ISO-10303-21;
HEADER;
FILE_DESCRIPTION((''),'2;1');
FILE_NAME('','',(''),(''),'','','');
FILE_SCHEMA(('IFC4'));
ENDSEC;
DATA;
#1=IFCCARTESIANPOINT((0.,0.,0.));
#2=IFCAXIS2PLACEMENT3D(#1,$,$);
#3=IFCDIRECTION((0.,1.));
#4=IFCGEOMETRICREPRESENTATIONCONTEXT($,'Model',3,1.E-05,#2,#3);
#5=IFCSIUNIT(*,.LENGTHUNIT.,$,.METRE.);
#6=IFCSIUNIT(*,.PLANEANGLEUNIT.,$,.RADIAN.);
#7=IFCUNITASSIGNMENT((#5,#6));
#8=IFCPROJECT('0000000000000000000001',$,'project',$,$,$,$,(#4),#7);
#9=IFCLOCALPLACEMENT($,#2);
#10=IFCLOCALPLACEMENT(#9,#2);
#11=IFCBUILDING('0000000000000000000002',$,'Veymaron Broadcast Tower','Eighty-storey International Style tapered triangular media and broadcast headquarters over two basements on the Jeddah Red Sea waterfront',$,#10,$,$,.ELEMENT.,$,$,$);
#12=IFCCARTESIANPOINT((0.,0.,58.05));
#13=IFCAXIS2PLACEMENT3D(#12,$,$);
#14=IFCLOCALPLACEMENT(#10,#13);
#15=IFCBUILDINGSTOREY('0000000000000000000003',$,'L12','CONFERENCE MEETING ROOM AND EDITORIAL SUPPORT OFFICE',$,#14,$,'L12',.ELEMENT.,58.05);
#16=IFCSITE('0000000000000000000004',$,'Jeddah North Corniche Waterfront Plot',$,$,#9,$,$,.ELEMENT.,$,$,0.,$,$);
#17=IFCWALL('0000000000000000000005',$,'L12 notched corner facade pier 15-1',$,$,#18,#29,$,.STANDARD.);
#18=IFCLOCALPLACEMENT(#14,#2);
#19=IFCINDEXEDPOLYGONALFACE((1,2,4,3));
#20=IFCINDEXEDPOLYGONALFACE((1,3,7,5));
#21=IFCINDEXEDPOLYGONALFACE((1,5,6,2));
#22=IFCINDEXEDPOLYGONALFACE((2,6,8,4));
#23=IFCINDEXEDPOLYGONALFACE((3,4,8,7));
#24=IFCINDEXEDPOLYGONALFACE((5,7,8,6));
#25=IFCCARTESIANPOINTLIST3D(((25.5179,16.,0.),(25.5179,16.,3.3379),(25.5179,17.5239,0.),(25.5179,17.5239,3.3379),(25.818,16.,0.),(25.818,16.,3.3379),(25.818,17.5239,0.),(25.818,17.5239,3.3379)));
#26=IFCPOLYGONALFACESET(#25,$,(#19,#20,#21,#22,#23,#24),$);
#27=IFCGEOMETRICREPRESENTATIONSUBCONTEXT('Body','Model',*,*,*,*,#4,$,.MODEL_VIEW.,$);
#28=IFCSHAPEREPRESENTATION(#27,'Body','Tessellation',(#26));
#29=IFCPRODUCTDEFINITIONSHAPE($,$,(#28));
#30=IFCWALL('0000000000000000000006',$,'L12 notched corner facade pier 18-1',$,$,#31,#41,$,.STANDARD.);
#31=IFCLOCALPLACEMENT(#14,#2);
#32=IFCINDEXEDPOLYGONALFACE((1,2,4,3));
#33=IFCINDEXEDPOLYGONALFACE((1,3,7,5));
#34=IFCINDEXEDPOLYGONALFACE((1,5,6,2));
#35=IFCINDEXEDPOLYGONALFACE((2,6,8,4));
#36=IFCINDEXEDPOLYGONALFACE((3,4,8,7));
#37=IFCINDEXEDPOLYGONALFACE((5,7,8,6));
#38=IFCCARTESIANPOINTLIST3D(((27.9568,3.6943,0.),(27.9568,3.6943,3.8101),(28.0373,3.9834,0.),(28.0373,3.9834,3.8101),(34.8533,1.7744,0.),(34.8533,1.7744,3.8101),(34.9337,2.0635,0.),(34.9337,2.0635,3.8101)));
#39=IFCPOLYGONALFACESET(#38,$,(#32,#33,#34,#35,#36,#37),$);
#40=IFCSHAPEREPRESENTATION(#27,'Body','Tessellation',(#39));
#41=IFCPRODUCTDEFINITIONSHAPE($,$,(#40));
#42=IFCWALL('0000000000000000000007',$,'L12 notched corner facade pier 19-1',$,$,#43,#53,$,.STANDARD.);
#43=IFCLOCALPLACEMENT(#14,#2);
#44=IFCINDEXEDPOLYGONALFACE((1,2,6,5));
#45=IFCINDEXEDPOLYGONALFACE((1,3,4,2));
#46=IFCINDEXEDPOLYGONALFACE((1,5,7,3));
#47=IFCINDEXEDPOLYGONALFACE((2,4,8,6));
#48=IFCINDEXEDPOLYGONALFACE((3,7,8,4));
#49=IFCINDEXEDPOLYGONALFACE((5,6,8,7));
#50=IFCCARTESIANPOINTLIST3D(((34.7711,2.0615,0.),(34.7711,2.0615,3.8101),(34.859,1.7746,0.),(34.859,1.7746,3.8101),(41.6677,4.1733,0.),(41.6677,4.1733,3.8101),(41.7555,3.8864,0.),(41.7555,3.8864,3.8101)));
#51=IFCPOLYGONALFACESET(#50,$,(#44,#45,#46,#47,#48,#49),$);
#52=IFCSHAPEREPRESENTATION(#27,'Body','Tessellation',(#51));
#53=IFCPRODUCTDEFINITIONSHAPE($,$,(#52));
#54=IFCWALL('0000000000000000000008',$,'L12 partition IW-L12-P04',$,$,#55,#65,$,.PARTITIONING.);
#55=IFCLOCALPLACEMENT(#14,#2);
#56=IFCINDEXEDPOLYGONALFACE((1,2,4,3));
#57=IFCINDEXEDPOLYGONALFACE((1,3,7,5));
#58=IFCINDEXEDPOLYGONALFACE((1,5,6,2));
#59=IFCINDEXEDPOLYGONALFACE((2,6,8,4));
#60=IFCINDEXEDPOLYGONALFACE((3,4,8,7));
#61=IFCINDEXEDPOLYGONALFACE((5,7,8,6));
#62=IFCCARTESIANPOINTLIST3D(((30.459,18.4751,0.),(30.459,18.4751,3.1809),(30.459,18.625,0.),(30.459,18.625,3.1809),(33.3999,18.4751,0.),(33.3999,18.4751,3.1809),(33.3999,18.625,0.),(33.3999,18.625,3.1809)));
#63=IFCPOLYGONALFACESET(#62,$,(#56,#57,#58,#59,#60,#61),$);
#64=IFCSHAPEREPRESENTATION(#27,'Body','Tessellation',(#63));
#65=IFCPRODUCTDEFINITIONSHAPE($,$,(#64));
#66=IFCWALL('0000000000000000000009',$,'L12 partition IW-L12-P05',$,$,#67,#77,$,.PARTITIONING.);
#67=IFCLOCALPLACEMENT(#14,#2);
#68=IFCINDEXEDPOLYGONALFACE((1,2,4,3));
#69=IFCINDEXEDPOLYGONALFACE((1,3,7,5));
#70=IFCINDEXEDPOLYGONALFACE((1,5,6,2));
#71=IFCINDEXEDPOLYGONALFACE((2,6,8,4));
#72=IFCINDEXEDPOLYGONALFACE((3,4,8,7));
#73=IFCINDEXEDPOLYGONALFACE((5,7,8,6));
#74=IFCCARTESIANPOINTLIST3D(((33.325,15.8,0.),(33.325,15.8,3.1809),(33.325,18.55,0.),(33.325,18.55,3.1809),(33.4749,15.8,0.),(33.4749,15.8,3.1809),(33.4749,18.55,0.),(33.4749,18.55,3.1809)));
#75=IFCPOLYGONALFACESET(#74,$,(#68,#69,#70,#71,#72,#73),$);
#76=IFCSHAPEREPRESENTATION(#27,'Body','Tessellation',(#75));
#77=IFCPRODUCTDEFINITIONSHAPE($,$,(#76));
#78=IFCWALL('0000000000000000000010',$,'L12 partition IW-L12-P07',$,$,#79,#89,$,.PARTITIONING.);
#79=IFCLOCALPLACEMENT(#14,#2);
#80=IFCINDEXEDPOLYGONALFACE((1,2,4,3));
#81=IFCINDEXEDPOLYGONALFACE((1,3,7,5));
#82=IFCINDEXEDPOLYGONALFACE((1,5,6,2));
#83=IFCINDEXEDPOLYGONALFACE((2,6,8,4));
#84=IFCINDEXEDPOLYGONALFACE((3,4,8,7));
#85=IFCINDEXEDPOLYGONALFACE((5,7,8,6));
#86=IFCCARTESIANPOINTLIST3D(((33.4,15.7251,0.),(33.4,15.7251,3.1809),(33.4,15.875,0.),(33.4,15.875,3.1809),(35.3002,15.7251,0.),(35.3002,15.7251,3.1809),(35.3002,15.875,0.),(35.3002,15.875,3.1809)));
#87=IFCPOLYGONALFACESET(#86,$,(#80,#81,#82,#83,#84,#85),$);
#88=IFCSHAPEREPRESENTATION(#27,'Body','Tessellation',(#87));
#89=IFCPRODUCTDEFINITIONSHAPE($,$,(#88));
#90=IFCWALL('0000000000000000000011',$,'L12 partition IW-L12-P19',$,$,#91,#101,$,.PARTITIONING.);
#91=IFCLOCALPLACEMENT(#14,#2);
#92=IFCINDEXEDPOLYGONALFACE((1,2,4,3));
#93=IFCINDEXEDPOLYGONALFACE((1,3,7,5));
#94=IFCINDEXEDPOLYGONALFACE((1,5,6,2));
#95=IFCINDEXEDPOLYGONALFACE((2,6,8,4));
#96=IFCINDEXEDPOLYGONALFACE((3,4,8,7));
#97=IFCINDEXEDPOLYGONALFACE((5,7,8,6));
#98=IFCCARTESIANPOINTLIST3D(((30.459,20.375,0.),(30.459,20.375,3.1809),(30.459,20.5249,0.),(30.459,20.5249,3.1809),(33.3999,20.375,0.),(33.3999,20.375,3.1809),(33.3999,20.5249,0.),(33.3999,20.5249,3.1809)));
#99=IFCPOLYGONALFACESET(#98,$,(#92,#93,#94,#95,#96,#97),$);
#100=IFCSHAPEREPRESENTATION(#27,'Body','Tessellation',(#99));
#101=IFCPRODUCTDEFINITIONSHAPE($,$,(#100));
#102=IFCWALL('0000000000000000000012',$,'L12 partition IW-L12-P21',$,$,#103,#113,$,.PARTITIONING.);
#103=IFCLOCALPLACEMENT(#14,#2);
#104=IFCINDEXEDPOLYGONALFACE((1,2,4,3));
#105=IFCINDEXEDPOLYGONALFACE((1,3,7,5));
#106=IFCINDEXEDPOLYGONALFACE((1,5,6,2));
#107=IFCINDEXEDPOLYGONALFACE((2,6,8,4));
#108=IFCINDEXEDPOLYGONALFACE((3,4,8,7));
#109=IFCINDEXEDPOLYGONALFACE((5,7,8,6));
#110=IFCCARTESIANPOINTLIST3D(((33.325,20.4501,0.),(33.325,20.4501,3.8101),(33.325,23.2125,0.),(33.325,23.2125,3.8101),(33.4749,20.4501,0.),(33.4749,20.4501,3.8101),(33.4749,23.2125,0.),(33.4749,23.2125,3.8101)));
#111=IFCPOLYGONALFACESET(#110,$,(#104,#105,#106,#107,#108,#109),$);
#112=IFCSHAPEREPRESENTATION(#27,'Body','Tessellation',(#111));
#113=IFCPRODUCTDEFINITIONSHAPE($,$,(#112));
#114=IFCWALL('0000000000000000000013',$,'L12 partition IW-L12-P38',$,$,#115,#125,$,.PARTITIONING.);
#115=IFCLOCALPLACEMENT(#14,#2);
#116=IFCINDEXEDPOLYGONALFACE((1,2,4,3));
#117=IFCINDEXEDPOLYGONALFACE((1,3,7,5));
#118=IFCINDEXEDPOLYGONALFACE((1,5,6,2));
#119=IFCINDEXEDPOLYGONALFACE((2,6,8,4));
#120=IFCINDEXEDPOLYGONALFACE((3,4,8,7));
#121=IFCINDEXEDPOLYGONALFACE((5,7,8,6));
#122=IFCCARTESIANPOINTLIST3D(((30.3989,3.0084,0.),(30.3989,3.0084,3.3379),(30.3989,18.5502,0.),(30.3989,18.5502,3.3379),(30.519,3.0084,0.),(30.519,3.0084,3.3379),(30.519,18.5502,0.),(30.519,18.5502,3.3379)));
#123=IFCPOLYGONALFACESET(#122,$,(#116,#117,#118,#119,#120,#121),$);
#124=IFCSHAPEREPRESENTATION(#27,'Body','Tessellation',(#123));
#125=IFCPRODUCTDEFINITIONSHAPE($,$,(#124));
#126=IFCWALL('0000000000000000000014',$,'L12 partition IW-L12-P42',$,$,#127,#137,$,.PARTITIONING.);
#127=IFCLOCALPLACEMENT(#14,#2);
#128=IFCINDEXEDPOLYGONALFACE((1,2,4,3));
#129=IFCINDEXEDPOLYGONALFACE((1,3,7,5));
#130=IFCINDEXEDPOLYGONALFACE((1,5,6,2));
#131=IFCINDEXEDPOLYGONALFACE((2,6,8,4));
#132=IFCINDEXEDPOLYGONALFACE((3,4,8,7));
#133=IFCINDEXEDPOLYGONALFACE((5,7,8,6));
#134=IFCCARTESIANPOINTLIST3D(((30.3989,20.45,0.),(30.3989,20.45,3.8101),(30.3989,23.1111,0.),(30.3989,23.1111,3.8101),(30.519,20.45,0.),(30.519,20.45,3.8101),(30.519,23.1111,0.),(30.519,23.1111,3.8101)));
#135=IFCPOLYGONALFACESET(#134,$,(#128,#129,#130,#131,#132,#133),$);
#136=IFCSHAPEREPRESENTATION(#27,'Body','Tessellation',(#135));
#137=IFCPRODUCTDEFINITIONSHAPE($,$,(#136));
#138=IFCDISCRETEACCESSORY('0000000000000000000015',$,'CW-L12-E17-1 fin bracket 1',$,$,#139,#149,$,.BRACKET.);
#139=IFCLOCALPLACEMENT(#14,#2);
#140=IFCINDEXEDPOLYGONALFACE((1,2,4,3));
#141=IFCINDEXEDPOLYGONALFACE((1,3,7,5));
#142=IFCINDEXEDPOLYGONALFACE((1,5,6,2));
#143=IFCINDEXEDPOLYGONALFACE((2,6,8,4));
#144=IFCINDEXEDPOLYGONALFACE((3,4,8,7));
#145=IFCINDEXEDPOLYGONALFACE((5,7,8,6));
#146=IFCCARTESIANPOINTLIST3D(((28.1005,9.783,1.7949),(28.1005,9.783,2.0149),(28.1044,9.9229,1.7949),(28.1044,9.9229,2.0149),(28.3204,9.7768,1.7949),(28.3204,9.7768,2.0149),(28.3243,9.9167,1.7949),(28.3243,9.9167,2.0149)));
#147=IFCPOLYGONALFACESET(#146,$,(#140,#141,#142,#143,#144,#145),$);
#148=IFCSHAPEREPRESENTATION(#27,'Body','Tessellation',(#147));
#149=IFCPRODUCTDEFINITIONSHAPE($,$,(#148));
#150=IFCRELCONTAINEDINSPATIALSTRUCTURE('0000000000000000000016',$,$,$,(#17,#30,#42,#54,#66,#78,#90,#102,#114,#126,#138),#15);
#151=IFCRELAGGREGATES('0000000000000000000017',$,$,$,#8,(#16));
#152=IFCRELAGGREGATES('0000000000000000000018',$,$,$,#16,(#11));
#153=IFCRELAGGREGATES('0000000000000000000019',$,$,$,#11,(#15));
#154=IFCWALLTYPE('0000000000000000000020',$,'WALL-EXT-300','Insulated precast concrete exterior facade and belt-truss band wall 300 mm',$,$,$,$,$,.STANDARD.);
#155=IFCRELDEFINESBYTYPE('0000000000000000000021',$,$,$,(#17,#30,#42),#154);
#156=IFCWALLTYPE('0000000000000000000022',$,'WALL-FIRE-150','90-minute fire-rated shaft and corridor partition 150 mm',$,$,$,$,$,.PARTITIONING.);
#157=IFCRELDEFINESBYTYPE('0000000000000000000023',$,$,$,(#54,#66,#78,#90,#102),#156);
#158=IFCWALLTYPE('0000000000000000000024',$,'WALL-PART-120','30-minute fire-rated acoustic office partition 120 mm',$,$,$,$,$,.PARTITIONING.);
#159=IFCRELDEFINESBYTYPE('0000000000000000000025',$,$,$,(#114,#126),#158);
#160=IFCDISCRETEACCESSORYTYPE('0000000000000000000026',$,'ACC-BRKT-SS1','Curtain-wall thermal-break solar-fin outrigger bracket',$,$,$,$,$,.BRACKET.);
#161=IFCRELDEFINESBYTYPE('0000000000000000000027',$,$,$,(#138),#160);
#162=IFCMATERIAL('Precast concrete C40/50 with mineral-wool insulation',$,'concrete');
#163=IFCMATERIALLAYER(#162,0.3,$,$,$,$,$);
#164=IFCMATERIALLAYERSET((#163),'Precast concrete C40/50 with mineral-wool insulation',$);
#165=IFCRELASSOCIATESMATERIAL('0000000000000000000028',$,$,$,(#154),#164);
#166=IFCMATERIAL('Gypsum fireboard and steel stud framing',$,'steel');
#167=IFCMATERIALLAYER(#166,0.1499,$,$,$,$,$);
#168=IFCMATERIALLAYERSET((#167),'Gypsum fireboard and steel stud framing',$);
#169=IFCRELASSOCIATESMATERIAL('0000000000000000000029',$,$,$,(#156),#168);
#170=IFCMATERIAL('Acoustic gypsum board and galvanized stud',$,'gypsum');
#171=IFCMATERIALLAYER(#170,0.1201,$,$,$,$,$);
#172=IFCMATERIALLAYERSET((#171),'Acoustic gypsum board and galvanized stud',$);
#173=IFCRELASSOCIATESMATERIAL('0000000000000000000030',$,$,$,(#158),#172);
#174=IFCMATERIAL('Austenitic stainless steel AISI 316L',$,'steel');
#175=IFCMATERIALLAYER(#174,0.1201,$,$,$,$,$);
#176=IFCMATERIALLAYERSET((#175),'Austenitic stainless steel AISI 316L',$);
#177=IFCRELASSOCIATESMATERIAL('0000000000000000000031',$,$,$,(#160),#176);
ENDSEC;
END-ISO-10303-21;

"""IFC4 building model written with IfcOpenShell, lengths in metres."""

from ifc_helpers import new_model, si_unit, direction, frame, frame_2d, origin, origin_2d, place, context, subcontext, project, spatial, rectangle, extrude, material, layer, layer_set, type_object, element, save


model = new_model("IFC4")

# Units and contexts
model_context = context("Model", 3, precision=1e-05, world=origin(), true_north=direction((0.0, 1.0)))
body_context = subcontext(model_context, "Body", "Model", "MODEL_VIEW")
ifc_project = project(units=[si_unit("LENGTHUNIT", "METRE"), si_unit("PLANEANGLEUNIT", "RADIAN")], contexts=[model_context])

# Site, building, storey
site_placement = place(None, origin())
site = spatial("IfcSite", under=ifc_project, at=site_placement, Name="Jeddah North Corniche Waterfront Plot", CompositionType="ELEMENT", RefElevation=0.0)
building_placement = place(site_placement, origin())
building = spatial("IfcBuilding", under=site, at=building_placement, Name="Veymaron Broadcast Tower", Description="Eighty-storey International Style tapered triangular media and broadcast headquarters over two basements on the Jeddah Red Sea waterfront", CompositionType="ELEMENT")
storey_placement = place(building_placement, frame((0.0, 0.0, 58.05)))
storey = spatial("IfcBuildingStorey", under=building, at=storey_placement, Name="L12", Description="CONFERENCE MEETING ROOM AND EDITORIAL SUPPORT OFFICE", LongName="L12", CompositionType="ELEMENT", Elevation=58.05)

# Walls
ifc_material_1 = material(Name="Precast concrete C40/50 with mineral-wool insulation", Category="concrete")
ifc_layer_1 = layer(ifc_material_1, 0.3)
ifc_layer_set_1 = layer_set([ifc_layer_1], Name="Precast concrete C40/50 with mineral-wool insulation")
wall_type_1 = type_object("IfcWallType", Name="WALL-EXT-300", Description="Insulated precast concrete exterior facade and belt-truss band wall 300 mm", PredefinedType="STANDARD", material=ifc_layer_set_1)
wall_1_placement = place(storey_placement, frame((25.668, 17.5239, 0.0), z_axis=(0.0, 0.0, 1.0), x_axis=(0.0, -1.0, 0.0)))
element("IfcWall", 1, at=wall_1_placement, inside=storey, type_object=wall_type_1, Name="L12 notched corner facade pier 15-1", PredefinedType="STANDARD", context=body_context, shape_type="SweptSolid", body=[
    extrude(rectangle(XDim=1.5239, YDim=0.3, at=frame_2d((0.762, 0.0))), origin(), (0.0, 0.0, 1.0), 3.3379),
])
wall_2_placement = place(storey_placement, frame((27.9971, 3.8389, 0.0), z_axis=(0.0, 0.0, 1.0), x_axis=(0.963365, -0.268193, 0.0)))
element("IfcWall", 2, at=wall_2_placement, inside=storey, type_object=wall_type_1, Name="L12 notched corner facade pier 18-1", PredefinedType="STANDARD", context=body_context, shape_type="SweptSolid", body=[
    extrude(rectangle(XDim=7.1587, YDim=0.3, at=frame_2d((3.5793, 0.0))), origin(), (0.0, 0.0, 1.0), 3.8101),
])
wall_3_placement = place(storey_placement, frame((34.8149, 1.918, 0.0), z_axis=(0.0, 0.0, 1.0), x_axis=(0.956175, 0.292796, 0.0)))
element("IfcWall", 3, at=wall_3_placement, inside=storey, type_object=wall_type_1, Name="L12 notched corner facade pier 19-1", PredefinedType="STANDARD", context=body_context, shape_type="SweptSolid", body=[
    extrude(rectangle(XDim=7.2126, YDim=0.3, at=frame_2d((3.6064, 0.0))), origin(), (0.0, 0.0, 1.0), 3.8101),
])
ifc_material_2 = material(Name="Gypsum fireboard and steel stud framing", Category="steel")
ifc_layer_2 = layer(ifc_material_2, 0.1499)
ifc_layer_set_2 = layer_set([ifc_layer_2], Name="Gypsum fireboard and steel stud framing")
wall_type_2 = type_object("IfcWallType", Name="WALL-FIRE-150", Description="90-minute fire-rated shaft and corridor partition 150 mm", PredefinedType="PARTITIONING", material=ifc_layer_set_2)
wall_4_placement = place(storey_placement, frame((30.459, 18.55, 0.0), z_axis=(0.0, 0.0, 1.0), x_axis=(1.0, 0.0, 0.0)))
element("IfcWall", 4, at=wall_4_placement, inside=storey, type_object=wall_type_2, Name="L12 partition IW-L12-P04", PredefinedType="PARTITIONING", context=body_context, shape_type="SweptSolid", body=[
    extrude(rectangle(XDim=2.9409, YDim=0.1499, at=frame_2d((1.4705, 0.0))), origin(), (0.0, 0.0, 1.0), 3.1809),
])
wall_5_placement = place(storey_placement, frame((33.3999, 15.8, 0.0), z_axis=(0.0, 0.0, 1.0), x_axis=(0.0, 1.0, 0.0)))
element("IfcWall", 5, at=wall_5_placement, inside=storey, type_object=wall_type_2, Name="L12 partition IW-L12-P05", PredefinedType="PARTITIONING", context=body_context, shape_type="SweptSolid", body=[
    extrude(rectangle(XDim=2.75, YDim=0.1499, at=frame_2d((1.375, 0.0))), origin(), (0.0, 0.0, 1.0), 3.1809),
])
wall_6_placement = place(storey_placement, frame((33.3999, 15.8, 0.0), z_axis=(0.0, 0.0, 1.0), x_axis=(1.0, 0.0, 0.0)))
element("IfcWall", 6, at=wall_6_placement, inside=storey, type_object=wall_type_2, Name="L12 partition IW-L12-P07", PredefinedType="PARTITIONING", context=body_context, shape_type="SweptSolid", body=[
    extrude(rectangle(XDim=1.9001, YDim=0.1499, at=frame_2d((0.9502, 0.0))), origin(), (0.0, 0.0, 1.0), 3.1809),
])
wall_7_placement = place(storey_placement, frame((30.459, 20.45, 0.0), z_axis=(0.0, 0.0, 1.0), x_axis=(1.0, 0.0, 0.0)))
element("IfcWall", 7, at=wall_7_placement, inside=storey, type_object=wall_type_2, Name="L12 partition IW-L12-P19", PredefinedType="PARTITIONING", context=body_context, shape_type="SweptSolid", body=[
    extrude(rectangle(XDim=2.9409, YDim=0.1499, at=frame_2d((1.4705, 0.0))), origin(), (0.0, 0.0, 1.0), 3.1809),
])
wall_8_placement = place(storey_placement, frame((33.3999, 20.45, 0.0), z_axis=(0.0, 0.0, 1.0), x_axis=(0.0, 1.0, 0.0)))
element("IfcWall", 8, at=wall_8_placement, inside=storey, type_object=wall_type_2, Name="L12 partition IW-L12-P21", PredefinedType="PARTITIONING", context=body_context, shape_type="SweptSolid", body=[
    extrude(rectangle(XDim=2.7625, YDim=0.1499, at=frame_2d((1.3813, 0.0))), origin(), (0.0, 0.0, 1.0), 3.8101),
])
ifc_material_3 = material(Name="Acoustic gypsum board and galvanized stud", Category="gypsum")
ifc_layer_3 = layer(ifc_material_3, 0.1201)
ifc_layer_set_3 = layer_set([ifc_layer_3], Name="Acoustic gypsum board and galvanized stud")
wall_type_3 = type_object("IfcWallType", Name="WALL-PART-120", Description="30-minute fire-rated acoustic office partition 120 mm", PredefinedType="PARTITIONING", material=ifc_layer_set_3)
wall_9_placement = place(storey_placement, frame((30.459, 3.0083, 0.0), z_axis=(0.0, 0.0, 1.0), x_axis=(0.0, 1.0, 0.0)))
element("IfcWall", 9, at=wall_9_placement, inside=storey, type_object=wall_type_3, Name="L12 partition IW-L12-P38", PredefinedType="PARTITIONING", context=body_context, shape_type="SweptSolid", body=[
    extrude(rectangle(XDim=15.5417, YDim=0.1201, at=frame_2d((7.771, 0.0))), origin(), (0.0, 0.0, 1.0), 3.3379),
])
wall_10_placement = place(storey_placement, frame((30.459, 20.45, 0.0), z_axis=(0.0, 0.0, 1.0), x_axis=(0.0, 1.0, 0.0)))
element("IfcWall", 10, at=wall_10_placement, inside=storey, type_object=wall_type_3, Name="L12 partition IW-L12-P42", PredefinedType="PARTITIONING", context=body_context, shape_type="SweptSolid", body=[
    extrude(rectangle(XDim=2.6611, YDim=0.1201, at=frame_2d((1.3306, 0.0))), origin(), (0.0, 0.0, 1.0), 3.8101),
])

# Discrete accessory
ifc_material_4 = material(Name="Austenitic stainless steel AISI 316L", Category="steel")
ifc_layer_4 = layer(ifc_material_4, 0.1201)
ifc_layer_set_4 = layer_set([ifc_layer_4], Name="Austenitic stainless steel AISI 316L")
discrete_accessory_type = type_object("IfcDiscreteAccessoryType", Name="ACC-BRKT-SS1", Description="Curtain-wall thermal-break solar-fin outrigger bracket", PredefinedType="BRACKET", material=ifc_layer_set_4)
discrete_accessory_placement = place(storey_placement, frame((28.2124, 9.8499, 1.7949), z_axis=(0.0, 0.0, 1.0), x_axis=(-0.999605, 0.028114, 0.0)))
element("IfcDiscreteAccessory", 11, at=discrete_accessory_placement, inside=storey, type_object=discrete_accessory_type, Name="CW-L12-E17-1 fin bracket 1", PredefinedType="BRACKET", context=body_context, shape_type="SweptSolid", body=[
    extrude(rectangle(XDim=0.22, YDim=0.1399, at=origin_2d()), origin(), (0.0, 0.0, 1.0), 0.22),
])

save(model, "model.ifc")
